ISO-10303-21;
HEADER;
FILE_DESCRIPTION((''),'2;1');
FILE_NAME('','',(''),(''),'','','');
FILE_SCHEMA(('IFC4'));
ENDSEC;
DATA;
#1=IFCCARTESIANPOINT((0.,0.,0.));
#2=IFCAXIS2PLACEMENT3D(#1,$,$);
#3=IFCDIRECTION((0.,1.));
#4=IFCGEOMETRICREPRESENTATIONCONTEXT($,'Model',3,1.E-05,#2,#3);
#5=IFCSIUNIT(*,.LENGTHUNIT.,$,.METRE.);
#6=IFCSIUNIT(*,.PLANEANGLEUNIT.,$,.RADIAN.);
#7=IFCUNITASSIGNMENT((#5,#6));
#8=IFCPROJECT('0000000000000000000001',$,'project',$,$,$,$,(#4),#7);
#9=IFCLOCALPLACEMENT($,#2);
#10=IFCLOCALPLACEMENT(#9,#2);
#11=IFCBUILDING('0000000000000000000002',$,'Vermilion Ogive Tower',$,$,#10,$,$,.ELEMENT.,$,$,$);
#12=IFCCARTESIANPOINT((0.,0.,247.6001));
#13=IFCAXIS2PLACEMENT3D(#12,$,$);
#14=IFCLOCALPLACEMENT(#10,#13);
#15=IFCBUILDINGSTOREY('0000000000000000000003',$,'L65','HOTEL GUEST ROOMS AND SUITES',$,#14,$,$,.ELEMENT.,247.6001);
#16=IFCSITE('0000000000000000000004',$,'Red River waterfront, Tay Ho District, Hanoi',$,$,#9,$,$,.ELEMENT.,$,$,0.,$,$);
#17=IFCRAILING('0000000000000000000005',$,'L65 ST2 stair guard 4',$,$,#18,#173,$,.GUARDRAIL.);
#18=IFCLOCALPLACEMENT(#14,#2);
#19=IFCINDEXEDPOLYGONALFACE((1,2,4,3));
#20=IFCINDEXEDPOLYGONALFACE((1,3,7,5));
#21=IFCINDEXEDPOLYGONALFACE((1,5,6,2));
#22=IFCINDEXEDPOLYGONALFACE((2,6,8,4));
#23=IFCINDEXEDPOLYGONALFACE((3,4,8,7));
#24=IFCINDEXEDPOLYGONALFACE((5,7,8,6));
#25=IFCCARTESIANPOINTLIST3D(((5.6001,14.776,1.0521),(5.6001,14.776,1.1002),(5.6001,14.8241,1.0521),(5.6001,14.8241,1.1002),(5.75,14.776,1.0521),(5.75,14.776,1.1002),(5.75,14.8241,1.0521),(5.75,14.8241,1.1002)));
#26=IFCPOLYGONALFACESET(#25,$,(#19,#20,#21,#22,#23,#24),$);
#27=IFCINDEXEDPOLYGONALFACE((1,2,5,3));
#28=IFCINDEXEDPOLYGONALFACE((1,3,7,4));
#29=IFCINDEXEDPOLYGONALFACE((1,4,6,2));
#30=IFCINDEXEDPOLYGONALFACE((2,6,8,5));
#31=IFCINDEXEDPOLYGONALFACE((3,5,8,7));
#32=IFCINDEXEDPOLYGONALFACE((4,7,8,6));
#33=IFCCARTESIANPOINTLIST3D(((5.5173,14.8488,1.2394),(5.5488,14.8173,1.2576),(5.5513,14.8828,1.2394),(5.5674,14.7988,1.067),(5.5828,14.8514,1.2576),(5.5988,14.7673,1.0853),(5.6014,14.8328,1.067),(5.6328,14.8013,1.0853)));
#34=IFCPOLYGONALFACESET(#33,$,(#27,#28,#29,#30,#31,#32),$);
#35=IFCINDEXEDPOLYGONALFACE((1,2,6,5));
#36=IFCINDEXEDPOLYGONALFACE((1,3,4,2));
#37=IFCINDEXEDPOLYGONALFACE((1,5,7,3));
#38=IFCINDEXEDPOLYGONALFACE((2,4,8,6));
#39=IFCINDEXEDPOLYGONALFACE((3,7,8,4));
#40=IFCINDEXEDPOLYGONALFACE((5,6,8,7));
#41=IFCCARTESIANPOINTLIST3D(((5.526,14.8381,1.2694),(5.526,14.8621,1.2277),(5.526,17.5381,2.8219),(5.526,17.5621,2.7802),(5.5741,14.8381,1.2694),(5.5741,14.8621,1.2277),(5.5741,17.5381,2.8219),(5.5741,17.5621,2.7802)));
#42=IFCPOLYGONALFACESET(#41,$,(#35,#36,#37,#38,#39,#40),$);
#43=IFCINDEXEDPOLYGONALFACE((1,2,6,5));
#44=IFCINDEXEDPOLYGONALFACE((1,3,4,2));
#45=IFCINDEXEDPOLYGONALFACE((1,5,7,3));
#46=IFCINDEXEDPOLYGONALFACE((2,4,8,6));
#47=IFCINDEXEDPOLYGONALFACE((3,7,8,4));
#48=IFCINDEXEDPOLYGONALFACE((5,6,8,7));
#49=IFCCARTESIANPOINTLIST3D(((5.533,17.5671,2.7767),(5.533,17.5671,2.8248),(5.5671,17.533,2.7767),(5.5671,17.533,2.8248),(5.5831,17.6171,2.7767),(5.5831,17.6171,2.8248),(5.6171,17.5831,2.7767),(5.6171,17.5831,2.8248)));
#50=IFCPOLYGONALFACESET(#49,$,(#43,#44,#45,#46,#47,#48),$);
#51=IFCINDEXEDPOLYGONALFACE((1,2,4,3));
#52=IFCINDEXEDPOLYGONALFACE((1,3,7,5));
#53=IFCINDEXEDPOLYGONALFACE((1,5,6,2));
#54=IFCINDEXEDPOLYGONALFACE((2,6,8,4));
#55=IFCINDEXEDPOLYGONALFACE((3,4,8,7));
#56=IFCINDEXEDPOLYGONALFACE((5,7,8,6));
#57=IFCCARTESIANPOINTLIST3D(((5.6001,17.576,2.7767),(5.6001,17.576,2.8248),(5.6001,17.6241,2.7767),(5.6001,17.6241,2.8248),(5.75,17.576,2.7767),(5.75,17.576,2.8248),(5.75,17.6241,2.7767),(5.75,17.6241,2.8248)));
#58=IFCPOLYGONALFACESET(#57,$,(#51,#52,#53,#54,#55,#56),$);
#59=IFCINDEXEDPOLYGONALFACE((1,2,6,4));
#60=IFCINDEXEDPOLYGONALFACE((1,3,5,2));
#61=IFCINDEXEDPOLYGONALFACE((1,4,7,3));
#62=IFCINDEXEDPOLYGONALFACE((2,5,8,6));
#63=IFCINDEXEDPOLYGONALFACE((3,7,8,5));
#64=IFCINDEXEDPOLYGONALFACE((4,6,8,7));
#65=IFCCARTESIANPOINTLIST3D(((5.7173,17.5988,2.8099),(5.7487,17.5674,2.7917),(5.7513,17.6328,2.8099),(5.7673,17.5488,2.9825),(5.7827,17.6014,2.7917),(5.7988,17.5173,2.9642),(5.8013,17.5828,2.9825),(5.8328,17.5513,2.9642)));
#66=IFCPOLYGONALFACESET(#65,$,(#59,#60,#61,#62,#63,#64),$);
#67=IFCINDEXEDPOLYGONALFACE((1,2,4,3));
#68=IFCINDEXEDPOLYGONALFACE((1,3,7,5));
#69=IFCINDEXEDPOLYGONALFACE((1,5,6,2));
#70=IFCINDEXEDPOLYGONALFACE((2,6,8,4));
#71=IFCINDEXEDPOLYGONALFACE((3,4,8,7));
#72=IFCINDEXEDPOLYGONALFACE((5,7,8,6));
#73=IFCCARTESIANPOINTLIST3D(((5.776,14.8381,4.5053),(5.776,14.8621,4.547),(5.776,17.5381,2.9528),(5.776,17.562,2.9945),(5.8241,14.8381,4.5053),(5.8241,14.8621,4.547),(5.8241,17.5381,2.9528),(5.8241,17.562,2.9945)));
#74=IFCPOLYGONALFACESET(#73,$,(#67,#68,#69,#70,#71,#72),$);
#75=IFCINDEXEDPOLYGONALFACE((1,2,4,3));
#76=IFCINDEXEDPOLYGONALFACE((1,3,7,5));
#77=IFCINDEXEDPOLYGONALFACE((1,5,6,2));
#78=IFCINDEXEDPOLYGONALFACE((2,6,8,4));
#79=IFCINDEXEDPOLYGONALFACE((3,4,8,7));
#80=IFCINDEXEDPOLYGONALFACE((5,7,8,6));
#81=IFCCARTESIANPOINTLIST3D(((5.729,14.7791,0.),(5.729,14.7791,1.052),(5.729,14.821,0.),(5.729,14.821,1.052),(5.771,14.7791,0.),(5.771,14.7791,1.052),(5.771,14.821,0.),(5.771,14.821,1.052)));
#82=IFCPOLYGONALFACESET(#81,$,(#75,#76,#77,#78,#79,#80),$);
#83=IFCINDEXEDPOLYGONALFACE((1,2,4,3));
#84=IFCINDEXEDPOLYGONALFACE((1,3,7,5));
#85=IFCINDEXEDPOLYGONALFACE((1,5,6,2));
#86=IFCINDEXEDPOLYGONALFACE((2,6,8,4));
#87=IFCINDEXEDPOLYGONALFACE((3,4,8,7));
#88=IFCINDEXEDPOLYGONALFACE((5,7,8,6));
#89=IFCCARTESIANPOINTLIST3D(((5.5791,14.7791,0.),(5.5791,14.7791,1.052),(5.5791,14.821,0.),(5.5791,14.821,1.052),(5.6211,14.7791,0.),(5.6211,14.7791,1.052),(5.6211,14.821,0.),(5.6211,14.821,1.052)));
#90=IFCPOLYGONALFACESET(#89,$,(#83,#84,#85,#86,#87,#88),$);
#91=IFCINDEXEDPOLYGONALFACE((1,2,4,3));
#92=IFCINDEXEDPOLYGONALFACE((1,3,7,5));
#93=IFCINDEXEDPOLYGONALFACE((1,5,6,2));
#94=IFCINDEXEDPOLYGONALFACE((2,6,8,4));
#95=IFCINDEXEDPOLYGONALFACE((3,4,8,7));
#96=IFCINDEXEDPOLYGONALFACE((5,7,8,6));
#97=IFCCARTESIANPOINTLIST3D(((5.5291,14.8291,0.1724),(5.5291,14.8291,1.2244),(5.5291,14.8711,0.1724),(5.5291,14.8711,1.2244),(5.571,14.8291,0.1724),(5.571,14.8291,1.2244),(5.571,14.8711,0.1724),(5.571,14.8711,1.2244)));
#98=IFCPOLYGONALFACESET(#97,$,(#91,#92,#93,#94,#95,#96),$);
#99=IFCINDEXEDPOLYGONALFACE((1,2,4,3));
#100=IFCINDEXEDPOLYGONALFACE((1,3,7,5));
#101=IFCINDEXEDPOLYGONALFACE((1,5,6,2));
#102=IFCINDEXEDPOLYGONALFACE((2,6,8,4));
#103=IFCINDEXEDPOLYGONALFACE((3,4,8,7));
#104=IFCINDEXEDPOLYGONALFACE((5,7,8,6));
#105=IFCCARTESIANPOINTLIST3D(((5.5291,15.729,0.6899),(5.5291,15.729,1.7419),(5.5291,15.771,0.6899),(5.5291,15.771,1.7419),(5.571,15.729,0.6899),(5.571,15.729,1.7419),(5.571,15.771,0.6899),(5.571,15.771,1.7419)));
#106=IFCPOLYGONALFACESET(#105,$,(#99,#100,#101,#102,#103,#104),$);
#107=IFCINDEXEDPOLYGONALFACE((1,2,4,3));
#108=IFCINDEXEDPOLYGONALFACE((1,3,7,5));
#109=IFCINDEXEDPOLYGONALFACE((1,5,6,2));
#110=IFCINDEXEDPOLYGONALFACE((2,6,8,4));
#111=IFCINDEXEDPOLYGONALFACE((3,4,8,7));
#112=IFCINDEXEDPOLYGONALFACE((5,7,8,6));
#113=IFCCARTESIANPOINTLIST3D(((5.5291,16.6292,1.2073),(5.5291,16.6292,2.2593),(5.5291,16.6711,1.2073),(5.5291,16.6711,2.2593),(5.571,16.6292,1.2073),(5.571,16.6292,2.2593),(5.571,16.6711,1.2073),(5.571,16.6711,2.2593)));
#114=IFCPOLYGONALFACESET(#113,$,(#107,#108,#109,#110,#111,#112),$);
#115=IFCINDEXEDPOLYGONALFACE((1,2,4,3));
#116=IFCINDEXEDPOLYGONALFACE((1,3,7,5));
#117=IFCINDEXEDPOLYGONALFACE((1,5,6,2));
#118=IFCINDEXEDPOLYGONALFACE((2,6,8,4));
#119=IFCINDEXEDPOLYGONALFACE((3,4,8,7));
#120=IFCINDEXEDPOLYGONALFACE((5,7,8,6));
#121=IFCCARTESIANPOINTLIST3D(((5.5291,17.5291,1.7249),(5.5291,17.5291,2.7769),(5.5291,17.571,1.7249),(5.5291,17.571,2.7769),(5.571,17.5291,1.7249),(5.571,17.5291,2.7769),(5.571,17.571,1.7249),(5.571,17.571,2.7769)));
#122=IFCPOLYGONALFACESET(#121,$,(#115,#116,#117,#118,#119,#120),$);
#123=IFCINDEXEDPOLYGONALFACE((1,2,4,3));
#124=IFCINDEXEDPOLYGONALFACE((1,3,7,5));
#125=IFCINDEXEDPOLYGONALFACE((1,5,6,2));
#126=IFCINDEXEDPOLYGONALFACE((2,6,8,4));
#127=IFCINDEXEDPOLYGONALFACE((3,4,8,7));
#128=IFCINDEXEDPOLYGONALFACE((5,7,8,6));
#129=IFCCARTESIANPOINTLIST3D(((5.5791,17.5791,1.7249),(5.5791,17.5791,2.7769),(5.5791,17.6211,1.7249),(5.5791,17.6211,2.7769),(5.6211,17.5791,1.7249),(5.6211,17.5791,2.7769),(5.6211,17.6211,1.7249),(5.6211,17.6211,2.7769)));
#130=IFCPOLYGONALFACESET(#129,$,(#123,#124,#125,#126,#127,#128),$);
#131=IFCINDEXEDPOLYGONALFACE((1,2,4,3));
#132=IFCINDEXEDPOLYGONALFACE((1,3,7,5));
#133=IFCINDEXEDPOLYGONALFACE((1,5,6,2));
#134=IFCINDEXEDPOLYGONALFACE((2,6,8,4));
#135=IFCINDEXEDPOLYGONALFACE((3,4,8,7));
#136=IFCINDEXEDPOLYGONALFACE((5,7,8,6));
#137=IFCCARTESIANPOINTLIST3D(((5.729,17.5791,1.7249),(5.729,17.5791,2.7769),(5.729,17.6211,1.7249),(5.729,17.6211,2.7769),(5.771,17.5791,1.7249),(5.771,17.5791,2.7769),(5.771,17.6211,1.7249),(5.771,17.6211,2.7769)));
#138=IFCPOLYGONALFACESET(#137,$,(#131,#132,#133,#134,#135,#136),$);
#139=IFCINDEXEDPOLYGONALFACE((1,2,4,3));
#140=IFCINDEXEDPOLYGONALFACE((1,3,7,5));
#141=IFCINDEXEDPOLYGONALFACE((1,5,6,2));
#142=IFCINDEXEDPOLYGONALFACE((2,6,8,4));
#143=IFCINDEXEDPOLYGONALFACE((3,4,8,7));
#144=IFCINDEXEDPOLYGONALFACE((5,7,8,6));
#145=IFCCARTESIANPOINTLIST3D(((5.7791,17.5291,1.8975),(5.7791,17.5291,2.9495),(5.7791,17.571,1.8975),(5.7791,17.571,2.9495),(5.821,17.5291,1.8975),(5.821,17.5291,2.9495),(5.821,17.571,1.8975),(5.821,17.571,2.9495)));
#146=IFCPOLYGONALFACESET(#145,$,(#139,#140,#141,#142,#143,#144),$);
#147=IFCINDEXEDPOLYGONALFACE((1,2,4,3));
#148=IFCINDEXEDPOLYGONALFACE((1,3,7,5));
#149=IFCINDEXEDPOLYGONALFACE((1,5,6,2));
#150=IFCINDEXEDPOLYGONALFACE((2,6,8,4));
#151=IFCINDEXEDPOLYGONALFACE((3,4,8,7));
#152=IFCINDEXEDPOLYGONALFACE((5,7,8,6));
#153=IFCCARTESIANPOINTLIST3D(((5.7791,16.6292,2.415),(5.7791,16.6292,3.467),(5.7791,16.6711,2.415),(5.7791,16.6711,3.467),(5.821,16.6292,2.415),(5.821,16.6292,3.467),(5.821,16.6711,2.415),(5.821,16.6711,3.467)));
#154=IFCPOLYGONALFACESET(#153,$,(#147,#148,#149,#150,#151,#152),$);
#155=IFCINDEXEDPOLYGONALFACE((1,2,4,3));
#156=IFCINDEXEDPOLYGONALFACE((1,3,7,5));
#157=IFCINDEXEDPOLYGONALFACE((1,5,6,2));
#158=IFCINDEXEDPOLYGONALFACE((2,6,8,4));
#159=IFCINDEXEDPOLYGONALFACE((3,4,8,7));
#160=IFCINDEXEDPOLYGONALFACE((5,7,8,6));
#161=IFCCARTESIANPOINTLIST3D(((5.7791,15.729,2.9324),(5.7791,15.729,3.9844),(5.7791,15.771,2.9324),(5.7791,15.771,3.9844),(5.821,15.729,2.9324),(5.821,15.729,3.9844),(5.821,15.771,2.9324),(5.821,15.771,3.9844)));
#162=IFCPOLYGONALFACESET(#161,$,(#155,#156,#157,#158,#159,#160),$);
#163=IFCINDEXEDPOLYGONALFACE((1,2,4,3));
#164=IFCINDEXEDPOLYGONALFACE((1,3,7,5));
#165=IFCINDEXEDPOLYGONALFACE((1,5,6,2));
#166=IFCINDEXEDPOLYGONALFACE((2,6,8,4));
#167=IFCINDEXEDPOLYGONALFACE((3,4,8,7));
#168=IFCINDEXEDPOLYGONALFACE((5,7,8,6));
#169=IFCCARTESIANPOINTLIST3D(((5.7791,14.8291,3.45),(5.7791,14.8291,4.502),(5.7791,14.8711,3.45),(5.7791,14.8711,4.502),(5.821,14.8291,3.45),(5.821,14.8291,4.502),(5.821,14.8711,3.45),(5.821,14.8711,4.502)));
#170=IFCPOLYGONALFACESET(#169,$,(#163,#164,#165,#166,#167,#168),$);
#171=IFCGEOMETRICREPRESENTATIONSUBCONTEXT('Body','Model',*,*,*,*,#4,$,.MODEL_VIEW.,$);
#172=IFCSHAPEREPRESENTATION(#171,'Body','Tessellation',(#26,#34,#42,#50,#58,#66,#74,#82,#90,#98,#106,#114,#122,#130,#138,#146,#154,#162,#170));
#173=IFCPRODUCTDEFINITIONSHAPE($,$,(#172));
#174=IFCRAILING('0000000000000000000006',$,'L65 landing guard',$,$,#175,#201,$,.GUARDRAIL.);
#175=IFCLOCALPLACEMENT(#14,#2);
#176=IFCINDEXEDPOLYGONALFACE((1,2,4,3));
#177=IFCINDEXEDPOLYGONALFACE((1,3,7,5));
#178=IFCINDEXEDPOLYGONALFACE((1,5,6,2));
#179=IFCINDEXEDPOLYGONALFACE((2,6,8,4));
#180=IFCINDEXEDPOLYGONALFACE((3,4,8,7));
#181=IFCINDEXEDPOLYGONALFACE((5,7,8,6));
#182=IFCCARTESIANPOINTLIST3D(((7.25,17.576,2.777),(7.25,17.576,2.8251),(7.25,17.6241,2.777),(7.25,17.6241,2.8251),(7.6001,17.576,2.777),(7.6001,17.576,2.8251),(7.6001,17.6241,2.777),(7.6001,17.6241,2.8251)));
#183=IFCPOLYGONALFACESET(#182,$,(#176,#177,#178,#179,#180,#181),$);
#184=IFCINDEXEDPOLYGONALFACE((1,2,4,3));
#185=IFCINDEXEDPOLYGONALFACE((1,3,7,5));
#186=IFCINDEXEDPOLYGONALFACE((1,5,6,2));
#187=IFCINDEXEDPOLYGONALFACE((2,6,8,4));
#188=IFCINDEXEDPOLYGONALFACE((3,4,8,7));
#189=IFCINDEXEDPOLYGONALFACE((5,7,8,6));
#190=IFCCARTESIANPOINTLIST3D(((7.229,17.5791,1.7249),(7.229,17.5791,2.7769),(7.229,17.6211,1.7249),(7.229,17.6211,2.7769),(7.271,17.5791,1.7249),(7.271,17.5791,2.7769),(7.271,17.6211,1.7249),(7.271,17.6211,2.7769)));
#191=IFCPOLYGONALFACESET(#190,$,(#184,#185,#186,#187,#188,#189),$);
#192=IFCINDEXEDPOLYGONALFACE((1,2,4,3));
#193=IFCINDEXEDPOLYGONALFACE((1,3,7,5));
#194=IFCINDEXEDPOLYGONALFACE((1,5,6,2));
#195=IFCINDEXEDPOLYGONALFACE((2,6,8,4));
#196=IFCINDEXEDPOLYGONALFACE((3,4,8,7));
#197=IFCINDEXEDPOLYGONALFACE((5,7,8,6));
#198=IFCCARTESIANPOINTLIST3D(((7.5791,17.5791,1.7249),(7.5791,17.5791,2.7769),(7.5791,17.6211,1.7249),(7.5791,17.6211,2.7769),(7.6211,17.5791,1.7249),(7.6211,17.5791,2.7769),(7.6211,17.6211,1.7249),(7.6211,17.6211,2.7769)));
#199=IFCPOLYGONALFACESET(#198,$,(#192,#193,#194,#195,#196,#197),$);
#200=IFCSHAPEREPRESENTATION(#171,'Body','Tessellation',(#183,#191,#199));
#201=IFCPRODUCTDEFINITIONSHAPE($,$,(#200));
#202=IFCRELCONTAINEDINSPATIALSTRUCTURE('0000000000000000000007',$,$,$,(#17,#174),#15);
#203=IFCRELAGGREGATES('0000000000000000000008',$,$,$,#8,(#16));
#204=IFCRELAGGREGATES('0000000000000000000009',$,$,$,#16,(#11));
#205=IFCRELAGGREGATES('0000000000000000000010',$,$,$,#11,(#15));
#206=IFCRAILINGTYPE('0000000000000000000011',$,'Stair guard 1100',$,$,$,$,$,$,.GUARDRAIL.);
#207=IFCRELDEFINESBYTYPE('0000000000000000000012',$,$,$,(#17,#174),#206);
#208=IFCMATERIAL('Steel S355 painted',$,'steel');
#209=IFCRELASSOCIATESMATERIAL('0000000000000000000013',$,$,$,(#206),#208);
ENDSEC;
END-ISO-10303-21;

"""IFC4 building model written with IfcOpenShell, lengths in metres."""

from ifc_helpers import new_model, si_unit, direction, frame, origin, origin_2d, place, context, subcontext, project, spatial, rectangle, extrude, material, type_object, element, save


model = new_model("IFC4")

# Units and contexts
model_context = context("Model", 3, precision=1e-05, world=origin(), true_north=direction((0.0, 1.0)))
body_context = subcontext(model_context, "Body", "Model", "MODEL_VIEW")
ifc_project = project(units=[si_unit("LENGTHUNIT", "METRE"), si_unit("PLANEANGLEUNIT", "RADIAN")], contexts=[model_context])

# Site, building, storey
site_placement = place(None, origin())
site = spatial("IfcSite", under=ifc_project, at=site_placement, Name="Red River waterfront, Tay Ho District, Hanoi", CompositionType="ELEMENT", RefElevation=0.0)
building_placement = place(site_placement, origin())
building = spatial("IfcBuilding", under=site, at=building_placement, Name="Vermilion Ogive Tower", CompositionType="ELEMENT")
storey_placement = place(building_placement, frame((0.0, 0.0, 247.6001)))
storey = spatial("IfcBuildingStorey", under=building, at=storey_placement, Name="L65", Description="HOTEL GUEST ROOMS AND SUITES", CompositionType="ELEMENT", Elevation=247.6001)

# Railings
ifc_material_1 = material(Name="Steel S355 painted", Category="steel")
railing_type_1 = type_object("IfcRailingType", Name="Stair guard 1100", PredefinedType="GUARDRAIL", material=ifc_material_1)
railing_1_placement = place(storey_placement, frame((5.75, 14.8, 0.0)))
element("IfcRailing", 1, at=railing_1_placement, inside=storey, type_object=railing_type_1, Name="L65 ST2 stair guard 4", PredefinedType="GUARDRAIL", context=body_context, shape_type="SweptSolid", body=[
    extrude(rectangle(XDim=0.0481, YDim=0.0481, at=origin_2d()), frame((0.0, 0.0, 1.0762), z_axis=(-1.0, 0.0, 0.0), x_axis=(0.0, -1.0, 0.0)), (0.0, 0.0, 1.0), 0.1499),
    extrude(rectangle(XDim=0.0481, YDim=0.0481, at=origin_2d()), frame((-0.1499, 0.0, 1.0762), z_axis=(-0.268603, 0.268603, 0.925043), x_axis=(-0.707107, -0.707107, 0.0)), (0.0, 0.0, 1.0), 0.1863),
    extrude(rectangle(XDim=0.0481, YDim=0.0481, at=origin_2d()), frame((-0.2, 0.05, 1.2485), z_axis=(0.0, 0.866904, 0.498476), x_axis=(-1.0, 0.0, 0.0)), (0.0, 0.0, 1.0), 3.1145),
    extrude(rectangle(XDim=0.0481, YDim=0.0481, at=origin_2d()), frame((-0.2, 2.75, 2.8008), z_axis=(0.707107, 0.707107, 0.0), x_axis=(-0.707107, 0.707107, 0.0)), (0.0, 0.0, 1.0), 0.0708),
    extrude(rectangle(XDim=0.0481, YDim=0.0481, at=origin_2d()), frame((-0.1499, 2.8, 2.8008), z_axis=(1.0, 0.0, 0.0), x_axis=(0.0, 1.0, 0.0)), (0.0, 0.0, 1.0), 0.1499),
    extrude(rectangle(XDim=0.0481, YDim=0.0481, at=origin_2d()), frame((0.0, 2.8, 2.8008), z_axis=(0.268278, -0.268278, 0.925232), x_axis=(0.707107, 0.707107, 0.0)), (0.0, 0.0, 1.0), 0.1865),
    extrude(rectangle(XDim=0.0481, YDim=0.0481, at=origin_2d()), frame((0.05, 2.75, 2.9736), z_axis=(0.0, -0.866904, 0.498476), x_axis=(1.0, 0.0, 0.0)), (0.0, 0.0, 1.0), 3.1145),
    extrude(rectangle(XDim=0.042, YDim=0.042, at=origin_2d()), origin(), (0.0, 0.0, 1.0), 1.052),
    extrude(rectangle(XDim=0.042, YDim=0.042, at=origin_2d()), frame((-0.1499, 0.0, 0.0)), (0.0, 0.0, 1.0), 1.052),
    extrude(rectangle(XDim=0.042, YDim=0.042, at=origin_2d()), frame((-0.2, 0.05, 0.1724)), (0.0, 0.0, 1.0), 1.052),
    extrude(rectangle(XDim=0.042, YDim=0.042, at=origin_2d()), frame((-0.2, 0.95, 0.6899)), (0.0, 0.0, 1.0), 1.052),
    extrude(rectangle(XDim=0.042, YDim=0.042, at=origin_2d()), frame((-0.2, 1.8501, 1.2073)), (0.0, 0.0, 1.0), 1.052),
    extrude(rectangle(XDim=0.042, YDim=0.042, at=origin_2d()), frame((-0.2, 2.75, 1.7249)), (0.0, 0.0, 1.0), 1.052),
    extrude(rectangle(XDim=0.042, YDim=0.042, at=origin_2d()), frame((-0.1499, 2.8, 1.7249)), (0.0, 0.0, 1.0), 1.052),
    extrude(rectangle(XDim=0.042, YDim=0.042, at=origin_2d()), frame((0.0, 2.8, 1.7249)), (0.0, 0.0, 1.0), 1.052),
    extrude(rectangle(XDim=0.042, YDim=0.042, at=origin_2d()), frame((0.05, 2.75, 1.8975)), (0.0, 0.0, 1.0), 1.052),
    extrude(rectangle(XDim=0.042, YDim=0.042, at=origin_2d()), frame((0.05, 1.8501, 2.415)), (0.0, 0.0, 1.0), 1.052),
    extrude(rectangle(XDim=0.042, YDim=0.042, at=origin_2d()), frame((0.05, 0.95, 2.9324)), (0.0, 0.0, 1.0), 1.052),
    extrude(rectangle(XDim=0.042, YDim=0.042, at=origin_2d()), frame((0.05, 0.05, 3.45)), (0.0, 0.0, 1.0), 1.052),
])
railing_2_placement = place(storey_placement, frame((7.25, 17.6001, 1.7249)))
element("IfcRailing", 2, at=railing_2_placement, inside=storey, type_object=railing_type_1, Name="L65 landing guard", PredefinedType="GUARDRAIL", context=body_context, shape_type="SweptSolid", body=[
    extrude(rectangle(XDim=0.0481, YDim=0.0481, at=origin_2d()), frame((0.0, 0.0, 1.0762), z_axis=(1.0, 0.0, 0.0), x_axis=(0.0, 1.0, 0.0)), (0.0, 0.0, 1.0), 0.3501),
    extrude(rectangle(XDim=0.042, YDim=0.042, at=origin_2d()), origin(), (0.0, 0.0, 1.0), 1.052),
    extrude(rectangle(XDim=0.042, YDim=0.042, at=origin_2d()), frame((0.3501, 0.0, 0.0)), (0.0, 0.0, 1.0), 1.052),
])

save(model, "model.ifc")
